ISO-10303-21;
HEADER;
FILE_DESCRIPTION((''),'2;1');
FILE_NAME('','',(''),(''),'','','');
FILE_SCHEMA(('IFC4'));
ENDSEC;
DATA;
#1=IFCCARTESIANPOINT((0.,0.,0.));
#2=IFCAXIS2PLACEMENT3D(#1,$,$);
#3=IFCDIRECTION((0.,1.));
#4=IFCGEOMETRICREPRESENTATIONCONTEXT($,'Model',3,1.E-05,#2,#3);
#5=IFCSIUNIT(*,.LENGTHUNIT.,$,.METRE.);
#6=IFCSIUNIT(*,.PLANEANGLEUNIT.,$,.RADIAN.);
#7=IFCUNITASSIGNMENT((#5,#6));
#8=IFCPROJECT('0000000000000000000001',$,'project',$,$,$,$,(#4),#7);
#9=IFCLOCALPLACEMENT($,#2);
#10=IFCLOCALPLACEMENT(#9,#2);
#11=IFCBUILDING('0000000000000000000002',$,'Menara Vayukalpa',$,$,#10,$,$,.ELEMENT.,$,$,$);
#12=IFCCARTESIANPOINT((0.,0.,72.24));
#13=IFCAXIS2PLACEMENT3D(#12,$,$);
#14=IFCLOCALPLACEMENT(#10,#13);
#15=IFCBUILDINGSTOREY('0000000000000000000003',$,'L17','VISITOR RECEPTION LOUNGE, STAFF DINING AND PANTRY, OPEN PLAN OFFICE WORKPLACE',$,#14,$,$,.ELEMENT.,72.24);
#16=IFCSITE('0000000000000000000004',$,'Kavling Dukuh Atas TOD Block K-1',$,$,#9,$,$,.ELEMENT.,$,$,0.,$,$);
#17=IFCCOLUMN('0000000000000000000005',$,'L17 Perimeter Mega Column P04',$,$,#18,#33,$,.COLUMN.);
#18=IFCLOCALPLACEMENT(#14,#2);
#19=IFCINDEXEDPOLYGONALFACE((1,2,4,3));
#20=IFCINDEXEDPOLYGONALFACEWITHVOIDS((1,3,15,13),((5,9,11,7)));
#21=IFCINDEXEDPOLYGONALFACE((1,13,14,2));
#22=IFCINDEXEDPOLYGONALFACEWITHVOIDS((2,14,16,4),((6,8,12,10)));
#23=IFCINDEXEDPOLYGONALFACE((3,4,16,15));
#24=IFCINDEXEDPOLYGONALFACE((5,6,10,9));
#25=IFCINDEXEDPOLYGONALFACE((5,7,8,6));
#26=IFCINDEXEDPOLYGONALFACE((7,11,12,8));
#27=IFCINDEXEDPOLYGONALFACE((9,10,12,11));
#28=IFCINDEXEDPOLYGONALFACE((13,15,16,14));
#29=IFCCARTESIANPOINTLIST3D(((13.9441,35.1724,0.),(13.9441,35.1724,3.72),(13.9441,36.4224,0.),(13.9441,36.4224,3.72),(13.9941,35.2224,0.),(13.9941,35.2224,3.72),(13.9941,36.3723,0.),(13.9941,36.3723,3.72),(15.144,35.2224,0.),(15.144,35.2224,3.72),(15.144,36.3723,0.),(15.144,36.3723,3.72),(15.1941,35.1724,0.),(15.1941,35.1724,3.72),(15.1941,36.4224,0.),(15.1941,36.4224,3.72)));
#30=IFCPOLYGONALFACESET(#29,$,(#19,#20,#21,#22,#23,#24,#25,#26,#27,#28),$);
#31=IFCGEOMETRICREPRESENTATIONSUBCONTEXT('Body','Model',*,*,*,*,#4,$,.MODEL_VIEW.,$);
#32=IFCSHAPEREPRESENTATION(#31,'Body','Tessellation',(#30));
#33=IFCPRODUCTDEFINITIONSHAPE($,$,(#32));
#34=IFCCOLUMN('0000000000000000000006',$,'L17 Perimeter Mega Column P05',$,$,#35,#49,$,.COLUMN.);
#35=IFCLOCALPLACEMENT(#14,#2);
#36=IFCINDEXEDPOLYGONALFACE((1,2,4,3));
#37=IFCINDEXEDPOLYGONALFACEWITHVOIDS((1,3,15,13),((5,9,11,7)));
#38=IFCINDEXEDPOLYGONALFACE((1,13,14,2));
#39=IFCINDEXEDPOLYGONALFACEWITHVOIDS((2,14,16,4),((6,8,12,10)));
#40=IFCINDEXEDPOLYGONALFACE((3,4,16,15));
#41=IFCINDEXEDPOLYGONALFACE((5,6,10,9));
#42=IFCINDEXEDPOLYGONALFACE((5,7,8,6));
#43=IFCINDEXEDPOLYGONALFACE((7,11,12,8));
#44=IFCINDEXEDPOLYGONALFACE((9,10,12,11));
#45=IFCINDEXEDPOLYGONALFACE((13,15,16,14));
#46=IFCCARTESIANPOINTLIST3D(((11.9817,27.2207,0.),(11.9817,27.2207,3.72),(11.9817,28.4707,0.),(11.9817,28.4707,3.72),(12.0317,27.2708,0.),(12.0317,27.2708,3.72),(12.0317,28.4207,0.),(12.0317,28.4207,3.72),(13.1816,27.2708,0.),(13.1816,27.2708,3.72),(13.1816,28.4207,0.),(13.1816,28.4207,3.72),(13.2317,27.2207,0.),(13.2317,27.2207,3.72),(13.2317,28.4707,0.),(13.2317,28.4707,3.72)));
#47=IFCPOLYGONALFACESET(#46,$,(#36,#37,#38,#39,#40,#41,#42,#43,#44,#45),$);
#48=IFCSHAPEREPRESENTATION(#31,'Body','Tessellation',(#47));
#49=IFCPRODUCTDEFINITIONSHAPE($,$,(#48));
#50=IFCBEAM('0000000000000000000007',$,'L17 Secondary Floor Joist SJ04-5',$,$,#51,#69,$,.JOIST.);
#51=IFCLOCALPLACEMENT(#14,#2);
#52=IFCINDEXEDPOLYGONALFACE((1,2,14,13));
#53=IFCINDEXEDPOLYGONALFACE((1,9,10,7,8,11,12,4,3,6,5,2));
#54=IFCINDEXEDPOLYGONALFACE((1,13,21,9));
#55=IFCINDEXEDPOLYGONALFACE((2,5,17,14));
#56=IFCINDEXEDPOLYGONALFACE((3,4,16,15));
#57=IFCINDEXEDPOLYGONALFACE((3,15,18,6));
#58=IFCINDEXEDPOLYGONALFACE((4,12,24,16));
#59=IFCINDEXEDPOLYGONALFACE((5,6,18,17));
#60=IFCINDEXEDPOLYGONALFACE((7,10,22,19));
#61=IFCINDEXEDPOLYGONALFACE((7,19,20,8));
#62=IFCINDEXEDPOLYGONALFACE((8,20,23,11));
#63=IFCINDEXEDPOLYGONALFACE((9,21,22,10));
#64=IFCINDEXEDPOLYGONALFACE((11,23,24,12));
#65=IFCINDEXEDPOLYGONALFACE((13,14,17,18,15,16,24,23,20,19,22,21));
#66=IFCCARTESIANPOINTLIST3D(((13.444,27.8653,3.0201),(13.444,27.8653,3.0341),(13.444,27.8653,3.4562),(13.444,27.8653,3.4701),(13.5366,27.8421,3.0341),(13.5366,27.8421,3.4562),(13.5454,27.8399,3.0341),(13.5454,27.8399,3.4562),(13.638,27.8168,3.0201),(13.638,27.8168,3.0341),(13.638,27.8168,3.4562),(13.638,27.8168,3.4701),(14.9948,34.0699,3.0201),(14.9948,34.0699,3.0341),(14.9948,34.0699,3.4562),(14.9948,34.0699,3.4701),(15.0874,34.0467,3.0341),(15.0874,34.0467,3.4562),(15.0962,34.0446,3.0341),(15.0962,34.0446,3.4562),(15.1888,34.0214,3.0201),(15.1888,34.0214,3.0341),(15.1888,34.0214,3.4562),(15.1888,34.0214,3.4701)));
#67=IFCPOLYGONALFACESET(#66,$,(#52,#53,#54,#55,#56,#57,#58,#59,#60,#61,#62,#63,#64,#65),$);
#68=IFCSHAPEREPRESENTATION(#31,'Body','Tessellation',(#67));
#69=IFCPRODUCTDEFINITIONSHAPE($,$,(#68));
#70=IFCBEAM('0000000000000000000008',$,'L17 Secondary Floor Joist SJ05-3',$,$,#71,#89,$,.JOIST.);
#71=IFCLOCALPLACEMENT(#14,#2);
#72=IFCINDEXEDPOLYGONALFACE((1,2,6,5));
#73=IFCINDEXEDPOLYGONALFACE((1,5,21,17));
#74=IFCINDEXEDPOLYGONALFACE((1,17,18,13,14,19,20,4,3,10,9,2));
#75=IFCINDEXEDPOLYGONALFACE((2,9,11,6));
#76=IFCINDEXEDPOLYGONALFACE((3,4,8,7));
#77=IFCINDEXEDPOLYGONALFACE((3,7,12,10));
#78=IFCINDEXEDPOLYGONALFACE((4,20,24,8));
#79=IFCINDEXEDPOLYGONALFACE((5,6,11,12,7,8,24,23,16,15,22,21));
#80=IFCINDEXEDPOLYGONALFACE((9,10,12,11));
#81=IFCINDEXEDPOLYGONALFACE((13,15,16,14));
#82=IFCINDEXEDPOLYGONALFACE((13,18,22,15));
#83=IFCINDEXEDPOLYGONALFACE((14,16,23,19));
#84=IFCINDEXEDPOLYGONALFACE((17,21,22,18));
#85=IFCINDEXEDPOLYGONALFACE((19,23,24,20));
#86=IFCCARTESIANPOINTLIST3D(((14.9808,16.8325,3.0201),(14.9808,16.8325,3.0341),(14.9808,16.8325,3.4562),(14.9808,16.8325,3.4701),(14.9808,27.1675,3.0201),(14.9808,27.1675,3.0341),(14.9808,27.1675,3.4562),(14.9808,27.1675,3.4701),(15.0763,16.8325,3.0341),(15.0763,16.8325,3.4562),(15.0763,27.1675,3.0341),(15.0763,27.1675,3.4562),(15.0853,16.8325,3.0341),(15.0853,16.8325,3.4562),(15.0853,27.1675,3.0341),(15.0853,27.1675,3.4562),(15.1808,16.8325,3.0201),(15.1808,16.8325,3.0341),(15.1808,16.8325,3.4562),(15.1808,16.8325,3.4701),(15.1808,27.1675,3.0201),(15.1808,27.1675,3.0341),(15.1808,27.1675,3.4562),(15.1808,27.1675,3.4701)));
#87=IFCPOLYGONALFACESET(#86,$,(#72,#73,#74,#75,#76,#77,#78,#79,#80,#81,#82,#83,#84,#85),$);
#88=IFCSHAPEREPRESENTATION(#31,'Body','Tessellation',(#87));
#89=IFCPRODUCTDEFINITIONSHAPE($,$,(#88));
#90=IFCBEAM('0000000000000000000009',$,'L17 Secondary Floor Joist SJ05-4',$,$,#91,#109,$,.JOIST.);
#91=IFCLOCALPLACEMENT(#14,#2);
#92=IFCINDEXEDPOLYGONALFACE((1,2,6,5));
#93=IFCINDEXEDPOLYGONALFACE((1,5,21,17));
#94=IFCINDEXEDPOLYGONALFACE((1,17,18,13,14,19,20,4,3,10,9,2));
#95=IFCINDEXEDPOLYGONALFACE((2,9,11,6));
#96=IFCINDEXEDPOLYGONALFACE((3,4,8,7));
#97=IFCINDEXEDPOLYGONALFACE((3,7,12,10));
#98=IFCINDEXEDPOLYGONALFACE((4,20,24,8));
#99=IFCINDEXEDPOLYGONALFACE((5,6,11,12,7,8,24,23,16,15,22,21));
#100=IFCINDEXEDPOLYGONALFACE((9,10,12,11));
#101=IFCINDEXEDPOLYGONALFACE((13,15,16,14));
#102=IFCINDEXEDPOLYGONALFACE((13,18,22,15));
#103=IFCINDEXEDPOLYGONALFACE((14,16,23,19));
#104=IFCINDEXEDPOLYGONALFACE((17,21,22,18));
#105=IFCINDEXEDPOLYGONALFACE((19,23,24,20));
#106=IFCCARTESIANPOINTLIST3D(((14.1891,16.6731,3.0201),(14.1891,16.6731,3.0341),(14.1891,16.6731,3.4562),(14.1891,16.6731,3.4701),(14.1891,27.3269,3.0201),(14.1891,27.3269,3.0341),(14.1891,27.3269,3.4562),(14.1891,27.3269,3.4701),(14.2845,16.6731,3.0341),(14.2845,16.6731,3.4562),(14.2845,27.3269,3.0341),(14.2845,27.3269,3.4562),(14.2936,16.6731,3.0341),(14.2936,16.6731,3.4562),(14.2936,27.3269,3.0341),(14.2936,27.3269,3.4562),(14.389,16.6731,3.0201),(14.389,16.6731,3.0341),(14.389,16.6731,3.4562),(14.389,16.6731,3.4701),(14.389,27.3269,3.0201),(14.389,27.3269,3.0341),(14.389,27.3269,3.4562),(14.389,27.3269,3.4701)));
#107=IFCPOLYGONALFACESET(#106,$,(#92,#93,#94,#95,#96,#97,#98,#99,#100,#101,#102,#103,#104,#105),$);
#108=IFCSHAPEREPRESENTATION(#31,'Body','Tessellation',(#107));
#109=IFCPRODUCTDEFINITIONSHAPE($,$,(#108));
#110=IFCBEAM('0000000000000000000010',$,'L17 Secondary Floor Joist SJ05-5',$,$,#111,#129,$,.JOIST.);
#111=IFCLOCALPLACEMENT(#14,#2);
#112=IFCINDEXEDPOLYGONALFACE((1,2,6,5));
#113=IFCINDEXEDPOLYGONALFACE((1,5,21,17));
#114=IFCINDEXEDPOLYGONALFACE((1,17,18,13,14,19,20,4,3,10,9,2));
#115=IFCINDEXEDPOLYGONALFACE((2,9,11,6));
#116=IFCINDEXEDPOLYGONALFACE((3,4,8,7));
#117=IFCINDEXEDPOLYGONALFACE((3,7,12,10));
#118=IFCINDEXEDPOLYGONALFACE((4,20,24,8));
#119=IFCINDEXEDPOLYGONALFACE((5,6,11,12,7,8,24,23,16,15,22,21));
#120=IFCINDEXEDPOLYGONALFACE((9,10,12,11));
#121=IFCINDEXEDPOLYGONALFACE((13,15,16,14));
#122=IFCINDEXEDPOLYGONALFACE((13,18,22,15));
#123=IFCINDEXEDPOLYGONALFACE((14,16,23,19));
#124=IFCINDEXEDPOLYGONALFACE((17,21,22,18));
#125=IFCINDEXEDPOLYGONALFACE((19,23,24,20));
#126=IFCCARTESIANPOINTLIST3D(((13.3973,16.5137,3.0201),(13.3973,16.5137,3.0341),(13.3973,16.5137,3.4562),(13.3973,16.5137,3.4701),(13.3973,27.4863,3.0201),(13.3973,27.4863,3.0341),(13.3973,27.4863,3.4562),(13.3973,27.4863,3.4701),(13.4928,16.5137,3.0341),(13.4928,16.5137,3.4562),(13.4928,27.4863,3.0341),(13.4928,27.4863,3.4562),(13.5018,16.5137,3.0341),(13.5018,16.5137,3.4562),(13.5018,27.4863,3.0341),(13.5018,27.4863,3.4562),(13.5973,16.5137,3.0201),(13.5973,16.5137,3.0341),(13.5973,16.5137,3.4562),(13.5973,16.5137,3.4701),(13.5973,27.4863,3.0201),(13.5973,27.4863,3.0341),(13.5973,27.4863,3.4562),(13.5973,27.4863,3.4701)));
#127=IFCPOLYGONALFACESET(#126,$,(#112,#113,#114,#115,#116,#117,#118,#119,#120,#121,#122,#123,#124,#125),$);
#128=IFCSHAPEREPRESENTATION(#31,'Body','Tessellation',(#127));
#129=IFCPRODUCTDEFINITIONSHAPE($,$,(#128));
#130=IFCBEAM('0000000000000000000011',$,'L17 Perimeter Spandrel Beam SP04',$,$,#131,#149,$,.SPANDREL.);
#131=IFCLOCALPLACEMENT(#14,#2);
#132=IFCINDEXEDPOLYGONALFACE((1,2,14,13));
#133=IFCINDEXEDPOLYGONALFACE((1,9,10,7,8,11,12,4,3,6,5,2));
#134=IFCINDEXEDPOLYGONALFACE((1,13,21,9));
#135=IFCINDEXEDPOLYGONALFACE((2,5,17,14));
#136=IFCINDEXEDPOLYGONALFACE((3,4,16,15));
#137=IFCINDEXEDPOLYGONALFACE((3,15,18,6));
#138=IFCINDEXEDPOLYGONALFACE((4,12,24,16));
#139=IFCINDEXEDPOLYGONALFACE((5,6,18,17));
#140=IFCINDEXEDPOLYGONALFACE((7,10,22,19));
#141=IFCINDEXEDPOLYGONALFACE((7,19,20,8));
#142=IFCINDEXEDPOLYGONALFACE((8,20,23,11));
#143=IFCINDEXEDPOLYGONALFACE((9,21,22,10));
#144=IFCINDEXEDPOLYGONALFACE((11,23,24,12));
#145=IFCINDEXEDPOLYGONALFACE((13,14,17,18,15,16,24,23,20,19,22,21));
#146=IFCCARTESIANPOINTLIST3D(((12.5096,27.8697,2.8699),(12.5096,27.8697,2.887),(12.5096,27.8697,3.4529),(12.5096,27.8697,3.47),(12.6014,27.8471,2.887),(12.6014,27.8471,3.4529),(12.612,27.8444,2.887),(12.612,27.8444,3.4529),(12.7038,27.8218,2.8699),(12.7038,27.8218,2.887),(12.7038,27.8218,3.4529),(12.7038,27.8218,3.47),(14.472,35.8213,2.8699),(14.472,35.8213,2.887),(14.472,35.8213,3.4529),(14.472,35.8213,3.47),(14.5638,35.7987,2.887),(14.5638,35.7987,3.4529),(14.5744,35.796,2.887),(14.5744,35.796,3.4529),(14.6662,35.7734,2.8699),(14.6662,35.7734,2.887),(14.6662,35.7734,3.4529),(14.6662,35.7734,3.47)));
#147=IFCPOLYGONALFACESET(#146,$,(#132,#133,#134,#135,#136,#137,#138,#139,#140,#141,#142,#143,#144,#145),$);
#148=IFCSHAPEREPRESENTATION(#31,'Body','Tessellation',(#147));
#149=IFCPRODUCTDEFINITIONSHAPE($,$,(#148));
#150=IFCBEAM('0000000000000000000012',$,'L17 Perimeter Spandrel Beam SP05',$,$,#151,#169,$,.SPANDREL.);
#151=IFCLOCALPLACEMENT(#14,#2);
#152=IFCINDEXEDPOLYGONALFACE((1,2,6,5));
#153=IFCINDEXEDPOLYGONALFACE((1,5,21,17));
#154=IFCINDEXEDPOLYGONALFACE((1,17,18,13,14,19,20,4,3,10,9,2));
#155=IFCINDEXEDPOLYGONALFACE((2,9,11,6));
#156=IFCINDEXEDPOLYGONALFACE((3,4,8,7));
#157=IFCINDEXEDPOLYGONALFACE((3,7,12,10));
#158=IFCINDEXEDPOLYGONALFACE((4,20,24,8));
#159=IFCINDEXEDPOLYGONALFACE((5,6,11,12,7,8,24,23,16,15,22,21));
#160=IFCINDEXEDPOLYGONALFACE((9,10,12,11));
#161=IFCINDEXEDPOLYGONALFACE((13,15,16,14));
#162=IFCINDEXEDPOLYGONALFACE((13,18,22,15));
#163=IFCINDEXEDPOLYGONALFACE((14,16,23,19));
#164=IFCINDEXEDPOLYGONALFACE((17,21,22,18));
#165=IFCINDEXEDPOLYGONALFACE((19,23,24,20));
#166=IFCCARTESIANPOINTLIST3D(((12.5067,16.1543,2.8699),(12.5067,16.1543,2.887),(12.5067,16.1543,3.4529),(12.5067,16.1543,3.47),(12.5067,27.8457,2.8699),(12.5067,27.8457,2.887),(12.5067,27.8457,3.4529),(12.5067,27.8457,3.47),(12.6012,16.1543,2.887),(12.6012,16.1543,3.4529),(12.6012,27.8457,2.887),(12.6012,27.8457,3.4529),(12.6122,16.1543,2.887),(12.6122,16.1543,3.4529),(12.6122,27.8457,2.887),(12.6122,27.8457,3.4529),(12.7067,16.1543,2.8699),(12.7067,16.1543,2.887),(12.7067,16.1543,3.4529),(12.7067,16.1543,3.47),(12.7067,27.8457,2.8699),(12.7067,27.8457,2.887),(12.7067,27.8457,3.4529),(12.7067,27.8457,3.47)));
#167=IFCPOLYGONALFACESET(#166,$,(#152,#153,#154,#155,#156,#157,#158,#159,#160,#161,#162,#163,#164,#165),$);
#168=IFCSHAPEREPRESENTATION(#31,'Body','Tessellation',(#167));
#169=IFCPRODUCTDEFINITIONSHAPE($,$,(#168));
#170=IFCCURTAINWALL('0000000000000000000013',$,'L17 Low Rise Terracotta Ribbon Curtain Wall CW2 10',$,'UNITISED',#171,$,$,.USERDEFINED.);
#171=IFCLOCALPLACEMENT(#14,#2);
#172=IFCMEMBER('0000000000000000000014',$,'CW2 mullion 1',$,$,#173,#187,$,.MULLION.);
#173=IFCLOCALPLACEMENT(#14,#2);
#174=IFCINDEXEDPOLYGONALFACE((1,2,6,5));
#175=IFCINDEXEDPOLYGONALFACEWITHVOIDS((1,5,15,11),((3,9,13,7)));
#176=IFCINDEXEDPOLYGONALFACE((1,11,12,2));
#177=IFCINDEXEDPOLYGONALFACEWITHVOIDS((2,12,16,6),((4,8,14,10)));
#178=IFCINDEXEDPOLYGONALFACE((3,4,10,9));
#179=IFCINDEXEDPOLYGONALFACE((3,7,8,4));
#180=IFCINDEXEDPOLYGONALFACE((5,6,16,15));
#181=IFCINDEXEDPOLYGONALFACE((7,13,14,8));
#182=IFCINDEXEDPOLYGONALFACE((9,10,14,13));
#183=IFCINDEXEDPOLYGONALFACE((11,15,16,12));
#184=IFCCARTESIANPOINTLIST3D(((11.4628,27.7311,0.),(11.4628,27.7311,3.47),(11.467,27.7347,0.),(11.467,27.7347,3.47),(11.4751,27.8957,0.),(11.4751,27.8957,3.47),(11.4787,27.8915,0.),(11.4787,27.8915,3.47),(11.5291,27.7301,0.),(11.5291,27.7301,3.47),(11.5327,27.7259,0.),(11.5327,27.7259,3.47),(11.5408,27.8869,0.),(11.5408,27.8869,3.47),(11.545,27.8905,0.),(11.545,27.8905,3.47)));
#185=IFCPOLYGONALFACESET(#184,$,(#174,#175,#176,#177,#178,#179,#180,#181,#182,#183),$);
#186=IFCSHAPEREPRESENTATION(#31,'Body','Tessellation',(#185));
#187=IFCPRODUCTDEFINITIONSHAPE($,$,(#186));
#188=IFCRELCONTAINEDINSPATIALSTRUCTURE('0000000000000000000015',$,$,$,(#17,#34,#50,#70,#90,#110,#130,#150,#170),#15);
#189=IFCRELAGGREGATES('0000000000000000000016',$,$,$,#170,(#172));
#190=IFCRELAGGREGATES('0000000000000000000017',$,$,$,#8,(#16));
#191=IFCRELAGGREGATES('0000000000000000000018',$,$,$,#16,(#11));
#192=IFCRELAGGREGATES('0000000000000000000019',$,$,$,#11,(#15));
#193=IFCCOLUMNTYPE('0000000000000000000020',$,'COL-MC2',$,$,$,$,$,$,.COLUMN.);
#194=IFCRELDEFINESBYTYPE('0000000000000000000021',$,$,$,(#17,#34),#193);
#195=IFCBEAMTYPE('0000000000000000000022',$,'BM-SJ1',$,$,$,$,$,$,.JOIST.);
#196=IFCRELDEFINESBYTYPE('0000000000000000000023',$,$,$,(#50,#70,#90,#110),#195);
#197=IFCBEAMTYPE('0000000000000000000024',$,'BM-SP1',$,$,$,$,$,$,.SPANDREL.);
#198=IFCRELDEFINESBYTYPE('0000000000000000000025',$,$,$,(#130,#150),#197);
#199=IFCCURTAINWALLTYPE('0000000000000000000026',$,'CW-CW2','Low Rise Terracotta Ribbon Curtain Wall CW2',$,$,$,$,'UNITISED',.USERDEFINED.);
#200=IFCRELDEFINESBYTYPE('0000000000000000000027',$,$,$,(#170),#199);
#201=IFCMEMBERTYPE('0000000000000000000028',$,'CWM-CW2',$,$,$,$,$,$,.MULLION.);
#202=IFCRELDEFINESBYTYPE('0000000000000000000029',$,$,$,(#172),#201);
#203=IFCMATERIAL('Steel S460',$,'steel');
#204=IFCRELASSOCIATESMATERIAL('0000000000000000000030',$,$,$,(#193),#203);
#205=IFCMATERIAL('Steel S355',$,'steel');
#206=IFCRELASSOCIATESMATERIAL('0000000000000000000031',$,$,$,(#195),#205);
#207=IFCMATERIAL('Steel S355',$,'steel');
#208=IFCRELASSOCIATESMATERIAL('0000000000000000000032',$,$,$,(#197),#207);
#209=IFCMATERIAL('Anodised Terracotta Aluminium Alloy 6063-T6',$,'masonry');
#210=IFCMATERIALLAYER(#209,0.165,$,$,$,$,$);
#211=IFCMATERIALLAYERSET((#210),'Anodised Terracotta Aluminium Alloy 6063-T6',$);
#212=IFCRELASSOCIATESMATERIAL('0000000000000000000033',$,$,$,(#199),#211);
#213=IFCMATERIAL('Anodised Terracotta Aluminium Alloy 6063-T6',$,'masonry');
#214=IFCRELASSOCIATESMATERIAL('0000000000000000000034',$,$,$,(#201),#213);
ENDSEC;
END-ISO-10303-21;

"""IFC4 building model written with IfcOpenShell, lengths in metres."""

from ifc_helpers import new_model, si_unit, direction, frame, origin, origin_2d, place, context, subcontext, project, spatial, hollow_rectangle, i_section, extrude, material, layer, layer_set, material_profile, profile_set, type_object, element, aggregate, save


model = new_model("IFC4")

# Units and contexts
model_context = context("Model", 3, precision=1e-05, world=origin(), true_north=direction((0.0, 1.0)))
body_context = subcontext(model_context, "Body", "Model", "MODEL_VIEW")
ifc_project = project(units=[si_unit("LENGTHUNIT", "METRE"), si_unit("PLANEANGLEUNIT", "RADIAN")], contexts=[model_context])

# Site, building, storey
site_placement = place(None, origin())
site = spatial("IfcSite", under=ifc_project, at=site_placement, Name="Kavling Dukuh Atas TOD Block K-1", CompositionType="ELEMENT", RefElevation=0.0)
building_placement = place(site_placement, origin())
building = spatial("IfcBuilding", under=site, at=building_placement, Name="Menara Vayukalpa", CompositionType="ELEMENT")
storey_placement = place(building_placement, frame((0.0, 0.0, 72.24)))
storey = spatial("IfcBuildingStorey", under=building, at=storey_placement, Name="L17", Description="VISITOR RECEPTION LOUNGE, STAFF DINING AND PANTRY, OPEN PLAN OFFICE WORKPLACE", CompositionType="ELEMENT", Elevation=72.24)

# Columns
ifc_material_1 = material(Name="Steel S460", Category="steel")
ifc_material_profile_1 = material_profile(ifc_material_1, hollow_rectangle(XDim=1.25, YDim=1.25, WallThickness=0.05, at=origin_2d()), Name="BOX 1250x1250x50")
ifc_profile_set_1 = profile_set([ifc_material_profile_1], Name="Steel S460")
column_type = type_object("IfcColumnType", Name="COL-MC2", PredefinedType="COLUMN", material=ifc_profile_set_1)
for number, where, z_axis, x_axis, name in (
    (1, (14.5691, 35.7974, 0.0), (0.0, 0.0, 1.0), (1.0, 0.0, 0.0), "L17 Perimeter Mega Column P04"),
    (2, (12.6067, 27.8457, 0.0), (0.0, 0.0, 1.0), (1.0, 0.0, 0.0), "L17 Perimeter Mega Column P05"),
):
    element("IfcColumn", number, at=place(storey_placement, frame(where, z_axis=z_axis, x_axis=x_axis)), inside=storey, type_object=column_type, Name=name, PredefinedType="COLUMN", context=body_context, shape_type="SweptSolid", body=[
        extrude(hollow_rectangle(XDim=1.25, YDim=1.25, WallThickness=0.05, at=origin_2d()), origin(), (0.0, 0.0, 1.0), 3.72),
    ])

# Beams
ifc_material_2 = material(Name="Steel S355", Category="steel")
ifc_material_profile_2 = material_profile(ifc_material_2, i_section(OverallWidth=0.2, OverallDepth=0.45, WebThickness=0.009, FlangeThickness=0.0139, at=origin_2d()), Name="WF 450x200x9x14")
ifc_profile_set_2 = profile_set([ifc_material_profile_2], Name="Steel S355")
beam_type_1 = type_object("IfcBeamType", Name="BM-SJ1", PredefinedType="JOIST", material=ifc_profile_set_2)
beam_1_placement = place(storey_placement, frame((15.0918, 34.0457, 3.2451), z_axis=(-0.242482, -0.970156, 0.0), x_axis=(0.970156, -0.242482, 0.0)))
element("IfcBeam", 3, at=beam_1_placement, inside=storey, type_object=beam_type_1, Name="L17 Secondary Floor Joist SJ04-5", PredefinedType="JOIST", context=body_context, shape_type="SweptSolid", body=[
    extrude(i_section(OverallWidth=0.2, OverallDepth=0.45, WebThickness=0.009, FlangeThickness=0.0139, at=origin_2d()), origin(), (0.0, 0.0, 1.0), 6.3955),
])
beam_2_placement = place(storey_placement, frame((15.0808, 27.1675, 3.2451), z_axis=(0.0, -1.0, 0.0), x_axis=(1.0, 0.0, 0.0)))
element("IfcBeam", 4, at=beam_2_placement, inside=storey, type_object=beam_type_1, Name="L17 Secondary Floor Joist SJ05-3", PredefinedType="JOIST", context=body_context, shape_type="SweptSolid", body=[
    extrude(i_section(OverallWidth=0.2, OverallDepth=0.45, WebThickness=0.009, FlangeThickness=0.0139, at=origin_2d()), origin(), (0.0, 0.0, 1.0), 10.335),
])
beam_3_placement = place(storey_placement, frame((14.2891, 27.3269, 3.2451), z_axis=(0.0, -1.0, 0.0), x_axis=(1.0, 0.0, 0.0)))
element("IfcBeam", 5, at=beam_3_placement, inside=storey, type_object=beam_type_1, Name="L17 Secondary Floor Joist SJ05-4", PredefinedType="JOIST", context=body_context, shape_type="SweptSolid", body=[
    extrude(i_section(OverallWidth=0.2, OverallDepth=0.45, WebThickness=0.009, FlangeThickness=0.0139, at=origin_2d()), origin(), (0.0, 0.0, 1.0), 10.6538),
])
beam_4_placement = place(storey_placement, frame((13.4973, 27.4863, 3.2451), z_axis=(0.0, -1.0, 0.0), x_axis=(1.0, 0.0, 0.0)))
element("IfcBeam", 6, at=beam_4_placement, inside=storey, type_object=beam_type_1, Name="L17 Secondary Floor Joist SJ05-5", PredefinedType="JOIST", context=body_context, shape_type="SweptSolid", body=[
    extrude(i_section(OverallWidth=0.2, OverallDepth=0.45, WebThickness=0.009, FlangeThickness=0.0139, at=origin_2d()), origin(), (0.0, 0.0, 1.0), 10.9727),
])
ifc_material_3 = material(Name="Steel S355", Category="steel")
ifc_material_profile_3 = material_profile(ifc_material_3, i_section(OverallWidth=0.2, OverallDepth=0.6001, WebThickness=0.011, FlangeThickness=0.0171, at=origin_2d()), Name="WF 600x200x11x17")
ifc_profile_set_3 = profile_set([ifc_material_profile_3], Name="Steel S355")
beam_type_2 = type_object("IfcBeamType", Name="BM-SP1", PredefinedType="SPANDREL", material=ifc_profile_set_3)
beam_5_placement = place(storey_placement, frame((14.5691, 35.7974, 3.1699), z_axis=(-0.239603, -0.970871, 0.0), x_axis=(0.970871, -0.239603, 0.0)))
element("IfcBeam", 7, at=beam_5_placement, inside=storey, type_object=beam_type_2, Name="L17 Perimeter Spandrel Beam SP04", PredefinedType="SPANDREL", context=body_context, shape_type="SweptSolid", body=[
    extrude(i_section(OverallWidth=0.2, OverallDepth=0.6001, WebThickness=0.011, FlangeThickness=0.0171, at=origin_2d()), origin(), (0.0, 0.0, 1.0), 8.1902),
])
beam_6_placement = place(storey_placement, frame((12.6067, 27.8457, 3.1699), z_axis=(0.0, -1.0, 0.0), x_axis=(1.0, 0.0, 0.0)))
element("IfcBeam", 8, at=beam_6_placement, inside=storey, type_object=beam_type_2, Name="L17 Perimeter Spandrel Beam SP05", PredefinedType="SPANDREL", context=body_context, shape_type="SweptSolid", body=[
    extrude(i_section(OverallWidth=0.2, OverallDepth=0.6001, WebThickness=0.011, FlangeThickness=0.0171, at=origin_2d()), origin(), (0.0, 0.0, 1.0), 11.6914),
])

# Curtain wall, member
ifc_material_4 = material(Name="Anodised Terracotta Aluminium Alloy 6063-T6", Category="masonry")
ifc_layer_1 = layer(ifc_material_4, 0.165)
ifc_layer_set_1 = layer_set([ifc_layer_1], Name="Anodised Terracotta Aluminium Alloy 6063-T6")
curtain_wall_type = type_object("IfcCurtainWallType", Name="CW-CW2", Description="Low Rise Terracotta Ribbon Curtain Wall CW2", ElementType="UNITISED", PredefinedType="USERDEFINED", material=ifc_layer_set_1)
curtain_wall_placement = place(storey_placement, origin())
curtain_wall = element("IfcCurtainWall", 9, at=curtain_wall_placement, inside=storey, type_object=curtain_wall_type, Name="L17 Low Rise Terracotta Ribbon Curtain Wall CW2 10", ObjectType="UNITISED", PredefinedType="USERDEFINED")
ifc_material_5 = material(Name="Anodised Terracotta Aluminium Alloy 6063-T6", Category="masonry")
ifc_material_profile_4 = material_profile(ifc_material_5, hollow_rectangle(XDim=0.0701, YDim=0.165, WallThickness=0.0039, at=origin_2d()), Name="ALU 70x165x4")
ifc_profile_set_4 = profile_set([ifc_material_profile_4], Name="Anodised Terracotta Aluminium Alloy 6063-T6")
member_type_1 = type_object("IfcMemberType", Name="CWM-CW2", PredefinedType="MULLION", material=ifc_profile_set_4)
member_1_placement = place(storey_placement, frame((11.5039, 27.8108, 0.0), z_axis=(0.0, 0.0, 1.0), x_axis=(0.9972, -0.074785, 0.0)))
member_1 = element("IfcMember", 10, at=member_1_placement, type_object=member_type_1, Name="CW2 mullion 1", PredefinedType="MULLION", context=body_context, shape_type="SweptSolid", body=[
    extrude(hollow_rectangle(XDim=0.0701, YDim=0.165, WallThickness=0.0039, at=origin_2d()), origin(), (0.0, 0.0, 1.0), 3.47),
])
aggregate(curtain_wall, [member_1])

save(model, "model.ifc")
